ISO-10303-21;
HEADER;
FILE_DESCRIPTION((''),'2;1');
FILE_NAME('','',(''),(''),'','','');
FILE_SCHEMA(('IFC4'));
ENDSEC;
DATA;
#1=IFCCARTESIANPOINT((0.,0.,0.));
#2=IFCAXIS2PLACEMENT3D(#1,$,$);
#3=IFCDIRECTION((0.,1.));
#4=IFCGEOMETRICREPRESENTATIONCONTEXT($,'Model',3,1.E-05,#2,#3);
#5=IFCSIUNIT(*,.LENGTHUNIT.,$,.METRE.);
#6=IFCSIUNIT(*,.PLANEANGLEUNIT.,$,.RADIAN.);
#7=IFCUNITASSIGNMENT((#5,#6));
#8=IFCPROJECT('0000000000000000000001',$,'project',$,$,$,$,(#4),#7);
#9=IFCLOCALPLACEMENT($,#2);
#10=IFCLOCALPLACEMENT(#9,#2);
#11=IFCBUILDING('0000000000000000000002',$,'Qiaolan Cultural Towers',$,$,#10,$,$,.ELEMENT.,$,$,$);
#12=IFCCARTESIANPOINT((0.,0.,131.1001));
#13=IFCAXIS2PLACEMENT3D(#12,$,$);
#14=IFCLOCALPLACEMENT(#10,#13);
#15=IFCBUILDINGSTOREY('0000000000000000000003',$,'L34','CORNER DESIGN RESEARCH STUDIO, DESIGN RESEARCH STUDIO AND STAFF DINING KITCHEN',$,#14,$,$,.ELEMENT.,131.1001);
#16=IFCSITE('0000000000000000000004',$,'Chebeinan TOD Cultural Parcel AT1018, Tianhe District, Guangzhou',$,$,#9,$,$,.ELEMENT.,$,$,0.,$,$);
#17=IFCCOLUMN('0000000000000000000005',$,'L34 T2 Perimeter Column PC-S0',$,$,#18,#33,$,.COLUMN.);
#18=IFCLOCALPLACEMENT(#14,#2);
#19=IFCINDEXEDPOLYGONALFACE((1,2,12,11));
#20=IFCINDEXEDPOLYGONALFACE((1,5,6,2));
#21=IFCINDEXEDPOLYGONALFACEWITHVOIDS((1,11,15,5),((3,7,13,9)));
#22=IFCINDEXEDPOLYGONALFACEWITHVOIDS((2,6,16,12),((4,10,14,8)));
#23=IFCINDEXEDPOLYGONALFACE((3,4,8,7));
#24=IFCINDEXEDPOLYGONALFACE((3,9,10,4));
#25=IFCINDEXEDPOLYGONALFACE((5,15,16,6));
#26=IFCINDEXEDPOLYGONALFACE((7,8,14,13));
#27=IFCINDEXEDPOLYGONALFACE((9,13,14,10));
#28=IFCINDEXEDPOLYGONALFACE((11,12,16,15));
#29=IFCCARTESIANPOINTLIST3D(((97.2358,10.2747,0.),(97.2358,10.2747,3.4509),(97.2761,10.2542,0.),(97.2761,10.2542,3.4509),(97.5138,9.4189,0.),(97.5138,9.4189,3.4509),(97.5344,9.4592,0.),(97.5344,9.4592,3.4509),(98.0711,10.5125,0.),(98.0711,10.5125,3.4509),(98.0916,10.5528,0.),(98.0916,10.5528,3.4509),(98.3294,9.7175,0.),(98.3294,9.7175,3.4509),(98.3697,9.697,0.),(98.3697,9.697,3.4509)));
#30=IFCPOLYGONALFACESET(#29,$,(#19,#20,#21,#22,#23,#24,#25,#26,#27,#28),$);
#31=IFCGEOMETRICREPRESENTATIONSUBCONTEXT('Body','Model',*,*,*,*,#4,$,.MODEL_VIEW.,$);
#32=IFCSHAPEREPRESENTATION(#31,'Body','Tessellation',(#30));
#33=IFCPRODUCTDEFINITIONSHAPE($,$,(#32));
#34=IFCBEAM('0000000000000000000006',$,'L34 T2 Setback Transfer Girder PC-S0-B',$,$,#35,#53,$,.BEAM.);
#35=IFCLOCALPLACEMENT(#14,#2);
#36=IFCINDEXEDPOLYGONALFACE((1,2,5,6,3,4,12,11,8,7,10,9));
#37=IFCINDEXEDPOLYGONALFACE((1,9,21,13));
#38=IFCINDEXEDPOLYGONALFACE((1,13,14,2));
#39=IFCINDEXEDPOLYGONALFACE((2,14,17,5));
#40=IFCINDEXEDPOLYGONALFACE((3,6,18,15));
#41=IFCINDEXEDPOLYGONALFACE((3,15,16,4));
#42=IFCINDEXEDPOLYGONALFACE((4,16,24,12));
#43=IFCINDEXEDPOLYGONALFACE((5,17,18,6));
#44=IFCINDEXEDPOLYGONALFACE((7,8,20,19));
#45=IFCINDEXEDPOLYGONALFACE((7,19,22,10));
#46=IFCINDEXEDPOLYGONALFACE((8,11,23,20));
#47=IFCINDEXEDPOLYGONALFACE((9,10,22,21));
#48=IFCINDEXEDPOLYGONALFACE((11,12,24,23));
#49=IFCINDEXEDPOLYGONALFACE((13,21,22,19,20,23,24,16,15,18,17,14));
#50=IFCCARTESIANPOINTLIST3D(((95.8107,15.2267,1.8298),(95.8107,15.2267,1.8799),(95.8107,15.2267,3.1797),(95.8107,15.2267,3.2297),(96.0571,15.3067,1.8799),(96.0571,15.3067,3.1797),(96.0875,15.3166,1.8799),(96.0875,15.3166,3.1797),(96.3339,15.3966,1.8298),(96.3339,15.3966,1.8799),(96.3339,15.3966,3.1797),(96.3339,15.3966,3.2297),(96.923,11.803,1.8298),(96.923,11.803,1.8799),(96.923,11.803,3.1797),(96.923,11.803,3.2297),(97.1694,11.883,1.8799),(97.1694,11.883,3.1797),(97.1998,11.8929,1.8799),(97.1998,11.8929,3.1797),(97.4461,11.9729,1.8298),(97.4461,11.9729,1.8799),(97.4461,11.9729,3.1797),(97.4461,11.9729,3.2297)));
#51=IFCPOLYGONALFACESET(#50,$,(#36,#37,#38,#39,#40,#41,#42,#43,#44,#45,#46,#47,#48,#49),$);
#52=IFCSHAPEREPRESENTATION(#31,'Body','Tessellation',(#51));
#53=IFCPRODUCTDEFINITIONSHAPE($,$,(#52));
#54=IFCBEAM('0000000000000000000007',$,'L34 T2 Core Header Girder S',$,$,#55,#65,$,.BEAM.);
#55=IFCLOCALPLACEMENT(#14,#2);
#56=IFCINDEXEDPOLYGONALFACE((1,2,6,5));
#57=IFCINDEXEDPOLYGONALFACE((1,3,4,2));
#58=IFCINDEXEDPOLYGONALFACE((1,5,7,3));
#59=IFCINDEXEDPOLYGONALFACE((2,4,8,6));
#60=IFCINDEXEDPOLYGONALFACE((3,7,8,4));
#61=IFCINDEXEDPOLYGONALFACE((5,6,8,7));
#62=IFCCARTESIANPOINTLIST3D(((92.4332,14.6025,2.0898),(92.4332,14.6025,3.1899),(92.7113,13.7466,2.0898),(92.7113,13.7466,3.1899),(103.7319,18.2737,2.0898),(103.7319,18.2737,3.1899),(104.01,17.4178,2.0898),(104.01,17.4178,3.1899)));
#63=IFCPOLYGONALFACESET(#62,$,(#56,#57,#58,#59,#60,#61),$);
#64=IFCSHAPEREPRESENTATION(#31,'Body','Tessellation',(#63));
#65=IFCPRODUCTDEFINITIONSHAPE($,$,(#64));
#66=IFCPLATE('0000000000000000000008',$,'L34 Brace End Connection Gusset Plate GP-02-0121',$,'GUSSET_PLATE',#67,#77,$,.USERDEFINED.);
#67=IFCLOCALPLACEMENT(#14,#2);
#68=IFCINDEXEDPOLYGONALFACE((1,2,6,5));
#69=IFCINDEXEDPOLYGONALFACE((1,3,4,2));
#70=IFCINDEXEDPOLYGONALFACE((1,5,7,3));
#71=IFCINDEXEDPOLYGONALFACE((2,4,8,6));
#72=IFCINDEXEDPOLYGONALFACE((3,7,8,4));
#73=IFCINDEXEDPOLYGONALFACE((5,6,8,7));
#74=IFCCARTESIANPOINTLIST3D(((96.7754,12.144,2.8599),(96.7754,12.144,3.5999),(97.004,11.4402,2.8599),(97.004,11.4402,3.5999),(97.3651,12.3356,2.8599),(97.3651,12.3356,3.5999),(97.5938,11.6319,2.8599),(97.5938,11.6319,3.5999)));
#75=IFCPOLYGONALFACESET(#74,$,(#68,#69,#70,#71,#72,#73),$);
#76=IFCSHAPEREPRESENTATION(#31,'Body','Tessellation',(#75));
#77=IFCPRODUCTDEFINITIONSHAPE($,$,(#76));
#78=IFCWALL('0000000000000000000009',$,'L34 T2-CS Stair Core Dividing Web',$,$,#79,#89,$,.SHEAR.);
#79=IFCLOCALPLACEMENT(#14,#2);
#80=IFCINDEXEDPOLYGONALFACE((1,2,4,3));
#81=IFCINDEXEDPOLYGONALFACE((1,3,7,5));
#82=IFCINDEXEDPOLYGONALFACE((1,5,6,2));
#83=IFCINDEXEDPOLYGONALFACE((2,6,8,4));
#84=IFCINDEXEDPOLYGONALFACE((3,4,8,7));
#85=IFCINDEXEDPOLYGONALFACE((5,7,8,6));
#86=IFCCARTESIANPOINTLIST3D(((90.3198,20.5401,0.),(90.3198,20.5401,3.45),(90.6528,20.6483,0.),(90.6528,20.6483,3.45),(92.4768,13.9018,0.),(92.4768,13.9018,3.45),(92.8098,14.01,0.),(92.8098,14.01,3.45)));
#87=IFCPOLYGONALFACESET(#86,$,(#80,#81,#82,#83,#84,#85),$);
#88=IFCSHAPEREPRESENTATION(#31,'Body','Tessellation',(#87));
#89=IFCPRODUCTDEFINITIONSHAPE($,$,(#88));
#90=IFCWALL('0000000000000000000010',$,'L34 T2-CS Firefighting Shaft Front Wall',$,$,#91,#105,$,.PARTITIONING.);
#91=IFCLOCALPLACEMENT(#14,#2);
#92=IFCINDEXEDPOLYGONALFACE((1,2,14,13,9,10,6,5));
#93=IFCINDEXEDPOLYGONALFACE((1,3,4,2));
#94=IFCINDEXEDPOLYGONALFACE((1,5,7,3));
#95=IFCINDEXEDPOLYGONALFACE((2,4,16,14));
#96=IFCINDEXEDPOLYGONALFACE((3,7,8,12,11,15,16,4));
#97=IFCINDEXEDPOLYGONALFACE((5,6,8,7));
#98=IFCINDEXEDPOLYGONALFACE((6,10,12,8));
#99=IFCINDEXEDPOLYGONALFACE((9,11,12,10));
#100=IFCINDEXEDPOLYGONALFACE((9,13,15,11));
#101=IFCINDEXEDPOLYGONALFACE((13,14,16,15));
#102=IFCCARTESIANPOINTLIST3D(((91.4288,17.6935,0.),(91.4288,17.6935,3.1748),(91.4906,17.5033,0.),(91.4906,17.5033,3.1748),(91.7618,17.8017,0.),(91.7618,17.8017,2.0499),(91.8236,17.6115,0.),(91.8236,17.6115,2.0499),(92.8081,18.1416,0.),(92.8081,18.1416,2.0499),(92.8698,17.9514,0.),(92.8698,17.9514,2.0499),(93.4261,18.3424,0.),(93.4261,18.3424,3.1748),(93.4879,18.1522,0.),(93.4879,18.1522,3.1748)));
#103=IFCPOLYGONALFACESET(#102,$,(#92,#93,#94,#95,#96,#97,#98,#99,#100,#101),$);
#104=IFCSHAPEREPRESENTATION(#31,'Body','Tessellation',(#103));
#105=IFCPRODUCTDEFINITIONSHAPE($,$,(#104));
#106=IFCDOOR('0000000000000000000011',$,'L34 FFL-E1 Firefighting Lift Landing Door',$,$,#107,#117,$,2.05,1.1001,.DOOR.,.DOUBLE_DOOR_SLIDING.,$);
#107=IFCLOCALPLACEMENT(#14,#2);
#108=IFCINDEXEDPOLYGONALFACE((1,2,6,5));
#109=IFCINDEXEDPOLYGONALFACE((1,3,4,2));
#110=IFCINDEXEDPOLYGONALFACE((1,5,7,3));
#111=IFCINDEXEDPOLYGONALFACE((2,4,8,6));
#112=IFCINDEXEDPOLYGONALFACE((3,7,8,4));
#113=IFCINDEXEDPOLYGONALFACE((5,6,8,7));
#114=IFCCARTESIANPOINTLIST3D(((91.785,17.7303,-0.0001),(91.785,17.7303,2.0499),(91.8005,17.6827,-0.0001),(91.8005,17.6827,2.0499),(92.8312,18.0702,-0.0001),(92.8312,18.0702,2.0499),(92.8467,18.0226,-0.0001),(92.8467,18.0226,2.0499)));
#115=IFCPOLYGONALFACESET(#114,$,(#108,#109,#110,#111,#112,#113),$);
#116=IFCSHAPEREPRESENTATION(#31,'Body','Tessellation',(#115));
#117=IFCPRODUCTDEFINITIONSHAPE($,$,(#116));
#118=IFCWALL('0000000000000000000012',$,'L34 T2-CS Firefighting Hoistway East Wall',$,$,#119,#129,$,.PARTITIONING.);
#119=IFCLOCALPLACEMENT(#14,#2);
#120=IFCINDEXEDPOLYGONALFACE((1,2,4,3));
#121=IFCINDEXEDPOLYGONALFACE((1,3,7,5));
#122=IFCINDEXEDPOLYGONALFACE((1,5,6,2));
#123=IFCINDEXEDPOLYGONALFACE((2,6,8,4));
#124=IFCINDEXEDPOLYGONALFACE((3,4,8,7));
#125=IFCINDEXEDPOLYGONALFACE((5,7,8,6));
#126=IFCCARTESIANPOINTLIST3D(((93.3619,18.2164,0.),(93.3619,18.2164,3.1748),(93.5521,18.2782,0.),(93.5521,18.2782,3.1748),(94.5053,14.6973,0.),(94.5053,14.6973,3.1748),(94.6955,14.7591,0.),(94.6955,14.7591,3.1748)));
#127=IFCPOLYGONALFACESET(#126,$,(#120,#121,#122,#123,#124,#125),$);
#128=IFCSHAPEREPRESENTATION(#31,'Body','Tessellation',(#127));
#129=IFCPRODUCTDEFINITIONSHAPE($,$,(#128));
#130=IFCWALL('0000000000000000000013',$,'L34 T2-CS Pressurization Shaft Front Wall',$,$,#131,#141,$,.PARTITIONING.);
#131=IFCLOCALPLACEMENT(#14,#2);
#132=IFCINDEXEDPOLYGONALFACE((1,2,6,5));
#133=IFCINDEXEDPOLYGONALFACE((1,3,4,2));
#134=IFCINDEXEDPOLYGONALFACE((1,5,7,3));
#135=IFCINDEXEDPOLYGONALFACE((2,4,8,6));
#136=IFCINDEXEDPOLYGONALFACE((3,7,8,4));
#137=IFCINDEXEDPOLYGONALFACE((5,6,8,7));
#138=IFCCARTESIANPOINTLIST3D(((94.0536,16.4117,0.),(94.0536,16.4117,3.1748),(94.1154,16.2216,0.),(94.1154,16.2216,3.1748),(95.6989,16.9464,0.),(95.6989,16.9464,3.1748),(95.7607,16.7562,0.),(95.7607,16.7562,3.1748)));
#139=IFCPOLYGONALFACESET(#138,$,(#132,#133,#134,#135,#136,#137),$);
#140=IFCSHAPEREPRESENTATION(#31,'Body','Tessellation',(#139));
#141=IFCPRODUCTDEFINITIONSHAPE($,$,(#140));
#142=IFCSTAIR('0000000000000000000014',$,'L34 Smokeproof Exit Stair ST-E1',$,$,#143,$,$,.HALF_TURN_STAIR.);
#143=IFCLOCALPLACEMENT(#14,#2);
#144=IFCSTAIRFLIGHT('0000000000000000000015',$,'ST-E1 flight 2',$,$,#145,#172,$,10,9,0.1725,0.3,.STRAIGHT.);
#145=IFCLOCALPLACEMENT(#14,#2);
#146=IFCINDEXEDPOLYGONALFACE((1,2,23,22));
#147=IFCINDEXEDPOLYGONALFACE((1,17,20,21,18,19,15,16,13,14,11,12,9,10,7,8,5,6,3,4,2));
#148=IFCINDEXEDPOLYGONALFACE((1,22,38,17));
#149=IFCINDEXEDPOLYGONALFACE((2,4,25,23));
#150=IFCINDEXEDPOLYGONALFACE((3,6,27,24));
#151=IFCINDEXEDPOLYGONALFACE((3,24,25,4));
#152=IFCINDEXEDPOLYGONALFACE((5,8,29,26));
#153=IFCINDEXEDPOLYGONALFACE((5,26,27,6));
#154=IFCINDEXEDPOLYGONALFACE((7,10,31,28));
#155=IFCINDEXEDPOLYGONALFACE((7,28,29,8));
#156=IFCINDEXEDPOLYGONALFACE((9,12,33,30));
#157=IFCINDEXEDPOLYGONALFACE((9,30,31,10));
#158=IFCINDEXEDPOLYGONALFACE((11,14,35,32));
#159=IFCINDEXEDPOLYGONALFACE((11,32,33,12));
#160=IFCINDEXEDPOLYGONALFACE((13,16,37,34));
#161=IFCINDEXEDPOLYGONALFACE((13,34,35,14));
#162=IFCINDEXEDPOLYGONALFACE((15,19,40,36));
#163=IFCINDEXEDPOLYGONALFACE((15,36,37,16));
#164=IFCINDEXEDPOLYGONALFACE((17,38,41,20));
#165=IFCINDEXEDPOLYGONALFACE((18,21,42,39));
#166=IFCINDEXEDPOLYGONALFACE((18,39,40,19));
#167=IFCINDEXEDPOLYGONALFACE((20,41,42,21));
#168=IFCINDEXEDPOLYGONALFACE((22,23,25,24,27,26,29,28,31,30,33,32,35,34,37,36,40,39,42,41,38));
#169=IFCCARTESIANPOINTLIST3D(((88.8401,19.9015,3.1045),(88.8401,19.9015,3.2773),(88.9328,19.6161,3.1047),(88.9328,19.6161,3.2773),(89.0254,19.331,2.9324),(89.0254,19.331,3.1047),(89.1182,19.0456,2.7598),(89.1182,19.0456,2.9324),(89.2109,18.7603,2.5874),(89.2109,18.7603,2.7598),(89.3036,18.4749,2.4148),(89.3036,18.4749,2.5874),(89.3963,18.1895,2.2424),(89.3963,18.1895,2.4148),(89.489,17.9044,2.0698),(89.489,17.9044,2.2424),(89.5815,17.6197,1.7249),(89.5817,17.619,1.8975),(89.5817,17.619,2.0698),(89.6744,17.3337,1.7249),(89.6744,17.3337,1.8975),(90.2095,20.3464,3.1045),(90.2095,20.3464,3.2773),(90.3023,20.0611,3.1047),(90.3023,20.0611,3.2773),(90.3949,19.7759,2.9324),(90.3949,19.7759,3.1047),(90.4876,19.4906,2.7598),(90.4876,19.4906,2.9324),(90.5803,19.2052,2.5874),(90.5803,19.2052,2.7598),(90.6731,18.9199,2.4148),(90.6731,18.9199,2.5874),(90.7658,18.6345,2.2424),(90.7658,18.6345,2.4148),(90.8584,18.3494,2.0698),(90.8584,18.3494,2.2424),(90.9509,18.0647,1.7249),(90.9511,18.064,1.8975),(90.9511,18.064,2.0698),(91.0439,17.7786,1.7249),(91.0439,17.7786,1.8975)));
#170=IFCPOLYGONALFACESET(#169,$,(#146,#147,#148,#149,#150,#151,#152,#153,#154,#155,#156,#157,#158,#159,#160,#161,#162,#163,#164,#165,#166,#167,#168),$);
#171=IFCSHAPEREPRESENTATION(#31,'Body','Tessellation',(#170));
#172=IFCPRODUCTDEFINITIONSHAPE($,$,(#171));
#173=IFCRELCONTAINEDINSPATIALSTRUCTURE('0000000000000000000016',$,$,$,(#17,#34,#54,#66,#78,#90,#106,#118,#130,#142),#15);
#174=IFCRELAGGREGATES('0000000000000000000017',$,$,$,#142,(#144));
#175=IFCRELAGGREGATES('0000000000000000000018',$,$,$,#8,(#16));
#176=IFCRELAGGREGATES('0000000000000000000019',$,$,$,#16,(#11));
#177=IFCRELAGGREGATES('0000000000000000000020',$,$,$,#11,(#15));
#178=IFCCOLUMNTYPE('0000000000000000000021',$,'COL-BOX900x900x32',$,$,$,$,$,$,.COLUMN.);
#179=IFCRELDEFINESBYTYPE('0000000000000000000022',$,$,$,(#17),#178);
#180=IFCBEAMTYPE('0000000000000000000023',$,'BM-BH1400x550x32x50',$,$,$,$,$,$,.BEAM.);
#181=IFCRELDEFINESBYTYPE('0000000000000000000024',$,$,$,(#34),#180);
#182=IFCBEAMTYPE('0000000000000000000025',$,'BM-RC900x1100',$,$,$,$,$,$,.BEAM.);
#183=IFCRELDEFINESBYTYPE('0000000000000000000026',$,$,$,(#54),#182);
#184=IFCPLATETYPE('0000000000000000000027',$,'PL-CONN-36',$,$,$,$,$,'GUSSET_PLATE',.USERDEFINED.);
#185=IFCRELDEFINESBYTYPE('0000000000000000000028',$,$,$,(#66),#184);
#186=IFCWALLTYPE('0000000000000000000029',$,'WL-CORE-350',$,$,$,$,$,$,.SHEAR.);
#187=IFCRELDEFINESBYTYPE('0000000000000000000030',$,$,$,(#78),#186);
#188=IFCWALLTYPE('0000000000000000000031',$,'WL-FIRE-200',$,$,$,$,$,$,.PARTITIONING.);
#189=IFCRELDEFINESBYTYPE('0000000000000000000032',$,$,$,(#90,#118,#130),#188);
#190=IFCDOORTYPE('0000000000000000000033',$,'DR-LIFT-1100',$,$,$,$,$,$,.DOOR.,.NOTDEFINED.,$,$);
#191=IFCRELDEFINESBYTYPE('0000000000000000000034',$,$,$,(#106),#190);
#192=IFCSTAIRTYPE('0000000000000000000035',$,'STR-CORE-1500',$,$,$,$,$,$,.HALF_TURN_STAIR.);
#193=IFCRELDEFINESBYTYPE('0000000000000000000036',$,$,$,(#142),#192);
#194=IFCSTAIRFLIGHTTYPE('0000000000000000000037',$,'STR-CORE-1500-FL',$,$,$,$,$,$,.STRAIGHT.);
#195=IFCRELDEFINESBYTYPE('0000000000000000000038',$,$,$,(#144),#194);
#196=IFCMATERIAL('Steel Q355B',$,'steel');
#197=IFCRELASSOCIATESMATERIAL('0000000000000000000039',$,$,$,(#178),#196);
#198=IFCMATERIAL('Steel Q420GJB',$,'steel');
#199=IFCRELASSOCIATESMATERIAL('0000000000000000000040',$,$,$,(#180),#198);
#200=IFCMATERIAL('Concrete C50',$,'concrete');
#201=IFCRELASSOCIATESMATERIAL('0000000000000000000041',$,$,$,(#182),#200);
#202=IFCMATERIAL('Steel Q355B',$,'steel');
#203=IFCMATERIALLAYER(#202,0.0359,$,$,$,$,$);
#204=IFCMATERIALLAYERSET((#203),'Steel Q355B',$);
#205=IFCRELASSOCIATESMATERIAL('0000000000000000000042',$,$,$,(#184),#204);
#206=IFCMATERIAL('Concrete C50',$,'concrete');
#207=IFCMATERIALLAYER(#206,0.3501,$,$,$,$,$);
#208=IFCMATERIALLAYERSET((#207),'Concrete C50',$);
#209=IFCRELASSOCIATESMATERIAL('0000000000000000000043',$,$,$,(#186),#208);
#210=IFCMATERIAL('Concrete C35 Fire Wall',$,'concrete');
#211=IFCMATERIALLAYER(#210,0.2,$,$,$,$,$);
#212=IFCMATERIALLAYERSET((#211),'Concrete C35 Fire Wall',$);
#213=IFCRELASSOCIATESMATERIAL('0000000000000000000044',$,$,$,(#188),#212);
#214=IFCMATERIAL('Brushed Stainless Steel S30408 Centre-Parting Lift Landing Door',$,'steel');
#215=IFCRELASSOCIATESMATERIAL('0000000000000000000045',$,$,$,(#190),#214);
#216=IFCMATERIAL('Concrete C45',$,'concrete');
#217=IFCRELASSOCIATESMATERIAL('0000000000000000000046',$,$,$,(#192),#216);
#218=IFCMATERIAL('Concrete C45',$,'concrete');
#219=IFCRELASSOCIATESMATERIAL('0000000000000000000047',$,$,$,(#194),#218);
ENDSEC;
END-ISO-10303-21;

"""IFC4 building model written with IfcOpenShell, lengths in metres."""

from ifc_helpers import new_model, si_unit, direction, frame, frame_2d, origin, origin_2d, place, context, subcontext, project, spatial, polyline, rectangle, hollow_rectangle, i_section, outline, extrude, material, layer, layer_set, material_profile, profile_set, type_object, element, fill, aggregate, save


model = new_model("IFC4")

# Units and contexts
model_context = context("Model", 3, precision=1e-05, world=origin(), true_north=direction((0.0, 1.0)))
body_context = subcontext(model_context, "Body", "Model", "MODEL_VIEW")
ifc_project = project(units=[si_unit("LENGTHUNIT", "METRE"), si_unit("PLANEANGLEUNIT", "RADIAN")], contexts=[model_context])

# Site, building, storey
site_placement = place(None, origin())
site = spatial("IfcSite", under=ifc_project, at=site_placement, Name="Chebeinan TOD Cultural Parcel AT1018, Tianhe District, Guangzhou", CompositionType="ELEMENT", RefElevation=0.0)
building_placement = place(site_placement, origin())
building = spatial("IfcBuilding", under=site, at=building_placement, Name="Qiaolan Cultural Towers", CompositionType="ELEMENT")
storey_placement = place(building_placement, frame((0.0, 0.0, 131.1001)))
storey = spatial("IfcBuildingStorey", under=building, at=storey_placement, Name="L34", Description="CORNER DESIGN RESEARCH STUDIO, DESIGN RESEARCH STUDIO AND STAFF DINING KITCHEN", CompositionType="ELEMENT", Elevation=131.1001)

# Column
ifc_material_1 = material(Name="Steel Q355B", Category="steel")
ifc_material_profile_1 = material_profile(ifc_material_1, hollow_rectangle(XDim=0.8999, YDim=0.8999, WallThickness=0.032, at=origin_2d()), Name="BOX900x900x32")
ifc_profile_set_1 = profile_set([ifc_material_profile_1], Name="Steel Q355B")
column_type = type_object("IfcColumnType", Name="COL-BOX900x900x32", PredefinedType="COLUMN", material=ifc_profile_set_1)
column_placement = place(storey_placement, frame((97.8027, 9.9858, 0.0), z_axis=(0.0, 0.0, 1.0), x_axis=(0.951057, 0.309017, 0.0)))
element("IfcColumn", 1, at=column_placement, inside=storey, type_object=column_type, Name="L34 T2 Perimeter Column PC-S0", PredefinedType="COLUMN", context=body_context, shape_type="SweptSolid", body=[
    extrude(hollow_rectangle(XDim=0.8999, YDim=0.8999, WallThickness=0.032, at=origin_2d()), origin(), (0.0, 0.0, 1.0), 3.4509),
])

# Beams
ifc_material_2 = material(Name="Steel Q420GJB", Category="steel")
ifc_material_profile_2 = material_profile(ifc_material_2, i_section(OverallWidth=0.55, OverallDepth=1.3999, WebThickness=0.032, FlangeThickness=0.05, at=origin_2d()), Name="BH1400x550x32x50")
ifc_profile_set_2 = profile_set([ifc_material_profile_2], Name="Steel Q420GJB")
beam_type_1 = type_object("IfcBeamType", Name="BM-BH1400x550x32x50", PredefinedType="BEAM", material=ifc_profile_set_2)
beam_1_placement = place(storey_placement, frame((97.1846, 11.8879, 2.5298), z_axis=(-0.308976, 0.95107, 0.0), x_axis=(-0.95107, -0.308976, 0.0)))
element("IfcBeam", 2, at=beam_1_placement, inside=storey, type_object=beam_type_1, Name="L34 T2 Setback Transfer Girder PC-S0-B", PredefinedType="BEAM", context=body_context, shape_type="SweptSolid", body=[
    extrude(i_section(OverallWidth=0.55, OverallDepth=1.3999, WebThickness=0.032, FlangeThickness=0.05, at=origin_2d()), origin(), (0.0, 0.0, 1.0), 3.5999),
])
ifc_material_3 = material(Name="Concrete C50", Category="concrete")
ifc_material_profile_3 = material_profile(ifc_material_3, rectangle(XDim=0.8999, YDim=1.1001, at=origin_2d()), Name="RC900x1100")
ifc_profile_set_3 = profile_set([ifc_material_profile_3], Name="Concrete C50")
beam_type_2 = type_object("IfcBeamType", Name="BM-RC900x1100", PredefinedType="BEAM", material=ifc_profile_set_3)
beam_2_placement = place(storey_placement, frame((92.5723, 14.1746, 2.6399), z_axis=(0.951056, 0.309018, 0.0), x_axis=(-0.309018, 0.951056, 0.0)))
element("IfcBeam", 3, at=beam_2_placement, inside=storey, type_object=beam_type_2, Name="L34 T2 Core Header Girder S", PredefinedType="BEAM", context=body_context, shape_type="SweptSolid", body=[
    extrude(rectangle(XDim=0.8999, YDim=1.1001, at=origin_2d()), origin(), (0.0, 0.0, 1.0), 11.8801),
])

# Plate
ifc_material_4 = material(Name="Steel Q355B", Category="steel")
ifc_layer_1 = layer(ifc_material_4, 0.0359)
ifc_layer_set_1 = layer_set([ifc_layer_1], Name="Steel Q355B")
plate_type = type_object("IfcPlateType", Name="PL-CONN-36", ElementType="GUSSET_PLATE", PredefinedType="USERDEFINED", material=ifc_layer_set_1)
plate_placement = place(storey_placement, frame((97.1846, 11.8879, 2.8599), z_axis=(0.0, 0.0, 1.0), x_axis=(-0.309017, 0.951057, 0.0)))
element("IfcPlate", 4, at=plate_placement, inside=storey, type_object=plate_type, Name="L34 Brace End Connection Gusset Plate GP-02-0121", ObjectType="GUSSET_PLATE", PredefinedType="USERDEFINED", context=body_context, shape_type="SweptSolid", body=[
    extrude(rectangle(XDim=0.74, YDim=0.6201, at=origin_2d()), origin(), (0.0, 0.0, 1.0), 0.74),
])

# Wall
ifc_material_5 = material(Name="Concrete C50", Category="concrete")
ifc_layer_2 = layer(ifc_material_5, 0.3501)
ifc_layer_set_2 = layer_set([ifc_layer_2], Name="Concrete C50")
wall_type_1 = type_object("IfcWallType", Name="WL-CORE-350", PredefinedType="SHEAR", material=ifc_layer_set_2)
wall_1_placement = place(storey_placement, frame((90.4863, 20.5942, 0.0), z_axis=(0.0, 0.0, 1.0), x_axis=(0.30902, -0.951055, 0.0)))
element("IfcWall", 5, at=wall_1_placement, inside=storey, type_object=wall_type_1, Name="L34 T2-CS Stair Core Dividing Web", PredefinedType="SHEAR", context=body_context, shape_type="SweptSolid", body=[
    extrude(rectangle(XDim=6.98, YDim=0.3501, at=frame_2d((3.49, 0.0))), origin(), (0.0, 0.0, 1.0), 3.45),
])

# Wall, opening, door
ifc_material_6 = material(Name="Concrete C35 Fire Wall", Category="concrete")
ifc_layer_3 = layer(ifc_material_6, 0.2)
ifc_layer_set_3 = layer_set([ifc_layer_3], Name="Concrete C35 Fire Wall")
wall_type_2 = type_object("IfcWallType", Name="WL-FIRE-200", PredefinedType="PARTITIONING", material=ifc_layer_set_3)
wall_2_placement = place(storey_placement, frame((91.4597, 17.5984, 0.0), z_axis=(0.0, 0.0, 1.0), x_axis=(0.951062, 0.308999, 0.0)))
wall_2 = element("IfcWall", 6, at=wall_2_placement, inside=storey, type_object=wall_type_2, Name="L34 T2-CS Firefighting Shaft Front Wall", PredefinedType="PARTITIONING", context=body_context, shape_type="SweptSolid", body=[
    extrude(rectangle(XDim=2.1001, YDim=0.2, at=frame_2d((1.05, 0.0))), origin(), (0.0, 0.0, 1.0), 3.1748),
])
opening_placement = place(wall_2_placement, frame((0.3501, 0.0, 0.0)))
opening = element("IfcOpeningElement", 7, at=opening_placement, cuts=wall_2, PredefinedType="OPENING", context=body_context, shape_type="SweptSolid", body=[
    extrude(rectangle(XDim=1.1001, YDim=2.05, at=frame_2d((0.55, 1.0249))), frame((0.0, 0.1099, 0.0), z_axis=(0.0, -1.0, 0.0), x_axis=(1.0, 0.0, 0.0)), (0.0, 0.0, 1.0), 0.22),
])
ifc_material_7 = material(Name="Brushed Stainless Steel S30408 Centre-Parting Lift Landing Door", Category="steel")
door_type = type_object("IfcDoorType", Name="DR-LIFT-1100", OperationType="NOTDEFINED", PredefinedType="DOOR", material=ifc_material_7)
door_placement = place(opening_placement, origin())
door = element("IfcDoor", 8, at=door_placement, inside=storey, type_object=door_type, Name="L34 FFL-E1 Firefighting Lift Landing Door", OperationType="DOUBLE_DOOR_SLIDING", OverallHeight=2.05, OverallWidth=1.1001, PredefinedType="DOOR", context=body_context, shape_type="SweptSolid", body=[
    extrude(rectangle(XDim=1.1001, YDim=2.05, at=frame_2d((0.55, 1.0249))), frame((0.0, 0.0249, 0.0), z_axis=(0.0, -1.0, 0.0), x_axis=(1.0, 0.0, 0.0)), (0.0, 0.0, 1.0), 0.05),
])
fill(opening, door)

# Walls
wall_3_placement = place(storey_placement, frame((93.457, 18.2473, 0.0), z_axis=(0.0, 0.0, 1.0), x_axis=(0.308994, -0.951064, 0.0)))
element("IfcWall", 9, at=wall_3_placement, inside=storey, type_object=wall_type_2, Name="L34 T2-CS Firefighting Hoistway East Wall", PredefinedType="PARTITIONING", context=body_context, shape_type="SweptSolid", body=[
    extrude(rectangle(XDim=3.7002, YDim=0.2, at=frame_2d((1.8501, 0.0))), origin(), (0.0, 0.0, 1.0), 3.1748),
])
wall_4_placement = place(storey_placement, frame((94.0845, 16.3167, 0.0), z_axis=(0.0, 0.0, 1.0), x_axis=(0.951041, 0.309064, 0.0)))
element("IfcWall", 10, at=wall_4_placement, inside=storey, type_object=wall_type_2, Name="L34 T2-CS Pressurization Shaft Front Wall", PredefinedType="PARTITIONING", context=body_context, shape_type="SweptSolid", body=[
    extrude(rectangle(XDim=1.73, YDim=0.2, at=frame_2d((0.865, 0.0))), origin(), (0.0, 0.0, 1.0), 3.1748),
])

# Stair, stair flight
ifc_material_8 = material(Name="Concrete C45", Category="concrete")
stair_type = type_object("IfcStairType", Name="STR-CORE-1500", PredefinedType="HALF_TURN_STAIR", material=ifc_material_8)
stair_placement = place(storey_placement, origin())
stair = element("IfcStair", 11, at=stair_placement, inside=storey, type_object=stair_type, Name="L34 Smokeproof Exit Stair ST-E1", PredefinedType="HALF_TURN_STAIR")
ifc_material_9 = material(Name="Concrete C45", Category="concrete")
stair_flight_type = type_object("IfcStairFlightType", Name="STR-CORE-1500-FL", PredefinedType="STRAIGHT", material=ifc_material_9)
stair_flight_placement = place(storey_placement, frame((90.3591, 17.5562, 1.7249), z_axis=(0.0, 0.0, 1.0), x_axis=(-0.309017, 0.951057, 0.0)))
stair_flight = element("IfcStairFlight", 12, at=stair_flight_placement, type_object=stair_flight_type, Name="ST-E1 flight 2", NumberOfRisers=10, NumberOfTreads=9, PredefinedType="STRAIGHT", RiserHeight=0.1725, TreadLength=0.3, context=body_context, shape_type="SweptSolid", body=[
    extrude(outline(polyline([(0.0, 0.0), (0.0, 0.1726), (0.3, 0.1726), (0.3, 0.345), (0.6001, 0.345), (0.6001, 0.5176), (0.8999, 0.5176), (0.8999, 0.6899), (1.2, 0.6899), (1.2, 0.8625), (1.5, 0.8625), (1.5, 1.0349), (1.8, 1.0349), (1.8, 1.2075), (2.1001, 1.2075), (2.1001, 1.3799), (2.3999, 1.3799), (2.3999, 1.5525), (2.7, 1.5525), (2.7, 1.7251), (2.7, 1.3796), (0.3008, 0.0), (0.0, 0.0)])), frame((0.0, 0.72, 0.0), z_axis=(0.0, -1.0, 0.0), x_axis=(1.0, 0.0, 0.0)), (0.0, 0.0, 1.0), 1.4399),
])
aggregate(stair, [stair_flight])

save(model, "model.ifc")
